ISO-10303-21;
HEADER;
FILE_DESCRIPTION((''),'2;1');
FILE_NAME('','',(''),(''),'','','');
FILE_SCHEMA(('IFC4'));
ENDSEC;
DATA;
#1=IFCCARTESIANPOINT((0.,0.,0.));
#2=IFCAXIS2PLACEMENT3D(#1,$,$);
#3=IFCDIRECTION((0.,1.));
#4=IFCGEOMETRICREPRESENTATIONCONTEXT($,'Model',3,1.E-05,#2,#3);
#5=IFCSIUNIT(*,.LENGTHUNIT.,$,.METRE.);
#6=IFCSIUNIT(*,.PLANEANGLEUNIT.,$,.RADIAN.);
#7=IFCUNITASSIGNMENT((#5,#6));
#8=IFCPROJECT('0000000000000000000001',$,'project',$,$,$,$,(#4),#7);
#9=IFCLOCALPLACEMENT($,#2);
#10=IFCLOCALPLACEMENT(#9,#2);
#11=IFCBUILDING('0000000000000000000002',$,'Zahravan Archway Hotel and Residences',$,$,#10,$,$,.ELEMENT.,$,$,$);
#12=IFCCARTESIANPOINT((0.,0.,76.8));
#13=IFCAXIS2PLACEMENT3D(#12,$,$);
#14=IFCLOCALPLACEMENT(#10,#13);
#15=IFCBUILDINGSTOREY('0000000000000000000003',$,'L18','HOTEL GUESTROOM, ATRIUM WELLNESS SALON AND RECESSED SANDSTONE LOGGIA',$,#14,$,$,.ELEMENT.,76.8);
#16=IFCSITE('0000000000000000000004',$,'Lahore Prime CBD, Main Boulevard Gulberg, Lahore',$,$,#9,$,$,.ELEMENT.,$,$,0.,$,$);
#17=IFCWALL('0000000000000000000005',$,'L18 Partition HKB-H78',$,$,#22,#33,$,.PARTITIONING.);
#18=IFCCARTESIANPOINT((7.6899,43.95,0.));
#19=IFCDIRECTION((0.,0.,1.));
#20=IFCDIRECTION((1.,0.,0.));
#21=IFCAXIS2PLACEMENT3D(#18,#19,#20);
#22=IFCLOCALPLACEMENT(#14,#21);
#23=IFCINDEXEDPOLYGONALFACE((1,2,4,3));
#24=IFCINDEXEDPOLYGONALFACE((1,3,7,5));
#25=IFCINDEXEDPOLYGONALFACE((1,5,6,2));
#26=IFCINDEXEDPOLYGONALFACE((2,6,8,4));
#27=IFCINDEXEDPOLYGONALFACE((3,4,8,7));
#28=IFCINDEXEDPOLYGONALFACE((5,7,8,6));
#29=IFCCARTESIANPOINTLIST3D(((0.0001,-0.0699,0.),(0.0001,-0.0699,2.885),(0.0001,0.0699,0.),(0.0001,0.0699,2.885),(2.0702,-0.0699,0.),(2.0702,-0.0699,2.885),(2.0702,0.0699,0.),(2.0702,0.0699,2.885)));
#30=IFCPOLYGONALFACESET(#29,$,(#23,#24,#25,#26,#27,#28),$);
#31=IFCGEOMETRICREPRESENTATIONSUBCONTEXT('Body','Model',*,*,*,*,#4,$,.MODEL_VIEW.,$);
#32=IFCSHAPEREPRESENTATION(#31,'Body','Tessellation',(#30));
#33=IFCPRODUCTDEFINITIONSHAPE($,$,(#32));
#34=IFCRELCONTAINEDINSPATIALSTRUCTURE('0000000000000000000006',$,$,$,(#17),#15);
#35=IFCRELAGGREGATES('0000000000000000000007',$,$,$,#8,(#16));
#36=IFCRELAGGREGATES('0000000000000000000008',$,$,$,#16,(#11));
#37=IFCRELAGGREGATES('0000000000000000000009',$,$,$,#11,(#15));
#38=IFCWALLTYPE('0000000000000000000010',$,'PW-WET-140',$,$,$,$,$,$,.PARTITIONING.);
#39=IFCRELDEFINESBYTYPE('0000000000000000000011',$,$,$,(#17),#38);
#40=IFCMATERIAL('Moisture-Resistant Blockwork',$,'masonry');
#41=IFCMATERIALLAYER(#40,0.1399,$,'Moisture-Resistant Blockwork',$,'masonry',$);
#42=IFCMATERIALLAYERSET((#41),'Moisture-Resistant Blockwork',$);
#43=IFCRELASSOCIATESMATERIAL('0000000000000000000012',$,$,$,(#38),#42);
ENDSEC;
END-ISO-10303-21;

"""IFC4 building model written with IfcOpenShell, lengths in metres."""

from ifc_helpers import new_model, si_unit, direction, frame, frame_2d, origin, place, context, subcontext, project, spatial, rectangle, extrude, material, layer, layer_set, type_object, element, save


model = new_model("IFC4")

# Units and contexts
model_context = context("Model", 3, precision=1e-05, world=origin(), true_north=direction((0.0, 1.0)))
body_context = subcontext(model_context, "Body", "Model", "MODEL_VIEW")
ifc_project = project(units=[si_unit("LENGTHUNIT", "METRE"), si_unit("PLANEANGLEUNIT", "RADIAN")], contexts=[model_context])

# Site, building, storey
site_placement = place(None, origin())
site = spatial("IfcSite", under=ifc_project, at=site_placement, Name="Lahore Prime CBD, Main Boulevard Gulberg, Lahore", CompositionType="ELEMENT", RefElevation=0.0)
building_placement = place(site_placement, origin())
building = spatial("IfcBuilding", under=site, at=building_placement, Name="Zahravan Archway Hotel and Residences", CompositionType="ELEMENT")
storey_placement = place(building_placement, frame((0.0, 0.0, 76.8)))
storey = spatial("IfcBuildingStorey", under=building, at=storey_placement, Name="L18", Description="HOTEL GUESTROOM, ATRIUM WELLNESS SALON AND RECESSED SANDSTONE LOGGIA", CompositionType="ELEMENT", Elevation=76.8)

# Wall
ifc_material_1 = material(Name="Moisture-Resistant Blockwork", Category="masonry")
ifc_layer_1 = layer(ifc_material_1, 0.1399, Name="Moisture-Resistant Blockwork", Category="masonry")
ifc_layer_set_1 = layer_set([ifc_layer_1], Name="Moisture-Resistant Blockwork")
wall_type_1 = type_object("IfcWallType", Name="PW-WET-140", PredefinedType="PARTITIONING", material=ifc_layer_set_1)
wall_1_placement = place(storey_placement, frame((7.6899, 43.95, 0.0), z_axis=(0.0, 0.0, 1.0), x_axis=(1.0, 0.0, 0.0)))
element("IfcWall", 1, at=wall_1_placement, inside=storey, type_object=wall_type_1, Name="L18 Partition HKB-H78", PredefinedType="PARTITIONING", context=body_context, shape_type="SweptSolid", body=[
    extrude(rectangle(XDim=2.0701, YDim=0.1399, at=frame_2d((1.0352, 0.0))), origin(), (0.0, 0.0, 1.0), 2.885),
])

save(model, "model.ifc")
